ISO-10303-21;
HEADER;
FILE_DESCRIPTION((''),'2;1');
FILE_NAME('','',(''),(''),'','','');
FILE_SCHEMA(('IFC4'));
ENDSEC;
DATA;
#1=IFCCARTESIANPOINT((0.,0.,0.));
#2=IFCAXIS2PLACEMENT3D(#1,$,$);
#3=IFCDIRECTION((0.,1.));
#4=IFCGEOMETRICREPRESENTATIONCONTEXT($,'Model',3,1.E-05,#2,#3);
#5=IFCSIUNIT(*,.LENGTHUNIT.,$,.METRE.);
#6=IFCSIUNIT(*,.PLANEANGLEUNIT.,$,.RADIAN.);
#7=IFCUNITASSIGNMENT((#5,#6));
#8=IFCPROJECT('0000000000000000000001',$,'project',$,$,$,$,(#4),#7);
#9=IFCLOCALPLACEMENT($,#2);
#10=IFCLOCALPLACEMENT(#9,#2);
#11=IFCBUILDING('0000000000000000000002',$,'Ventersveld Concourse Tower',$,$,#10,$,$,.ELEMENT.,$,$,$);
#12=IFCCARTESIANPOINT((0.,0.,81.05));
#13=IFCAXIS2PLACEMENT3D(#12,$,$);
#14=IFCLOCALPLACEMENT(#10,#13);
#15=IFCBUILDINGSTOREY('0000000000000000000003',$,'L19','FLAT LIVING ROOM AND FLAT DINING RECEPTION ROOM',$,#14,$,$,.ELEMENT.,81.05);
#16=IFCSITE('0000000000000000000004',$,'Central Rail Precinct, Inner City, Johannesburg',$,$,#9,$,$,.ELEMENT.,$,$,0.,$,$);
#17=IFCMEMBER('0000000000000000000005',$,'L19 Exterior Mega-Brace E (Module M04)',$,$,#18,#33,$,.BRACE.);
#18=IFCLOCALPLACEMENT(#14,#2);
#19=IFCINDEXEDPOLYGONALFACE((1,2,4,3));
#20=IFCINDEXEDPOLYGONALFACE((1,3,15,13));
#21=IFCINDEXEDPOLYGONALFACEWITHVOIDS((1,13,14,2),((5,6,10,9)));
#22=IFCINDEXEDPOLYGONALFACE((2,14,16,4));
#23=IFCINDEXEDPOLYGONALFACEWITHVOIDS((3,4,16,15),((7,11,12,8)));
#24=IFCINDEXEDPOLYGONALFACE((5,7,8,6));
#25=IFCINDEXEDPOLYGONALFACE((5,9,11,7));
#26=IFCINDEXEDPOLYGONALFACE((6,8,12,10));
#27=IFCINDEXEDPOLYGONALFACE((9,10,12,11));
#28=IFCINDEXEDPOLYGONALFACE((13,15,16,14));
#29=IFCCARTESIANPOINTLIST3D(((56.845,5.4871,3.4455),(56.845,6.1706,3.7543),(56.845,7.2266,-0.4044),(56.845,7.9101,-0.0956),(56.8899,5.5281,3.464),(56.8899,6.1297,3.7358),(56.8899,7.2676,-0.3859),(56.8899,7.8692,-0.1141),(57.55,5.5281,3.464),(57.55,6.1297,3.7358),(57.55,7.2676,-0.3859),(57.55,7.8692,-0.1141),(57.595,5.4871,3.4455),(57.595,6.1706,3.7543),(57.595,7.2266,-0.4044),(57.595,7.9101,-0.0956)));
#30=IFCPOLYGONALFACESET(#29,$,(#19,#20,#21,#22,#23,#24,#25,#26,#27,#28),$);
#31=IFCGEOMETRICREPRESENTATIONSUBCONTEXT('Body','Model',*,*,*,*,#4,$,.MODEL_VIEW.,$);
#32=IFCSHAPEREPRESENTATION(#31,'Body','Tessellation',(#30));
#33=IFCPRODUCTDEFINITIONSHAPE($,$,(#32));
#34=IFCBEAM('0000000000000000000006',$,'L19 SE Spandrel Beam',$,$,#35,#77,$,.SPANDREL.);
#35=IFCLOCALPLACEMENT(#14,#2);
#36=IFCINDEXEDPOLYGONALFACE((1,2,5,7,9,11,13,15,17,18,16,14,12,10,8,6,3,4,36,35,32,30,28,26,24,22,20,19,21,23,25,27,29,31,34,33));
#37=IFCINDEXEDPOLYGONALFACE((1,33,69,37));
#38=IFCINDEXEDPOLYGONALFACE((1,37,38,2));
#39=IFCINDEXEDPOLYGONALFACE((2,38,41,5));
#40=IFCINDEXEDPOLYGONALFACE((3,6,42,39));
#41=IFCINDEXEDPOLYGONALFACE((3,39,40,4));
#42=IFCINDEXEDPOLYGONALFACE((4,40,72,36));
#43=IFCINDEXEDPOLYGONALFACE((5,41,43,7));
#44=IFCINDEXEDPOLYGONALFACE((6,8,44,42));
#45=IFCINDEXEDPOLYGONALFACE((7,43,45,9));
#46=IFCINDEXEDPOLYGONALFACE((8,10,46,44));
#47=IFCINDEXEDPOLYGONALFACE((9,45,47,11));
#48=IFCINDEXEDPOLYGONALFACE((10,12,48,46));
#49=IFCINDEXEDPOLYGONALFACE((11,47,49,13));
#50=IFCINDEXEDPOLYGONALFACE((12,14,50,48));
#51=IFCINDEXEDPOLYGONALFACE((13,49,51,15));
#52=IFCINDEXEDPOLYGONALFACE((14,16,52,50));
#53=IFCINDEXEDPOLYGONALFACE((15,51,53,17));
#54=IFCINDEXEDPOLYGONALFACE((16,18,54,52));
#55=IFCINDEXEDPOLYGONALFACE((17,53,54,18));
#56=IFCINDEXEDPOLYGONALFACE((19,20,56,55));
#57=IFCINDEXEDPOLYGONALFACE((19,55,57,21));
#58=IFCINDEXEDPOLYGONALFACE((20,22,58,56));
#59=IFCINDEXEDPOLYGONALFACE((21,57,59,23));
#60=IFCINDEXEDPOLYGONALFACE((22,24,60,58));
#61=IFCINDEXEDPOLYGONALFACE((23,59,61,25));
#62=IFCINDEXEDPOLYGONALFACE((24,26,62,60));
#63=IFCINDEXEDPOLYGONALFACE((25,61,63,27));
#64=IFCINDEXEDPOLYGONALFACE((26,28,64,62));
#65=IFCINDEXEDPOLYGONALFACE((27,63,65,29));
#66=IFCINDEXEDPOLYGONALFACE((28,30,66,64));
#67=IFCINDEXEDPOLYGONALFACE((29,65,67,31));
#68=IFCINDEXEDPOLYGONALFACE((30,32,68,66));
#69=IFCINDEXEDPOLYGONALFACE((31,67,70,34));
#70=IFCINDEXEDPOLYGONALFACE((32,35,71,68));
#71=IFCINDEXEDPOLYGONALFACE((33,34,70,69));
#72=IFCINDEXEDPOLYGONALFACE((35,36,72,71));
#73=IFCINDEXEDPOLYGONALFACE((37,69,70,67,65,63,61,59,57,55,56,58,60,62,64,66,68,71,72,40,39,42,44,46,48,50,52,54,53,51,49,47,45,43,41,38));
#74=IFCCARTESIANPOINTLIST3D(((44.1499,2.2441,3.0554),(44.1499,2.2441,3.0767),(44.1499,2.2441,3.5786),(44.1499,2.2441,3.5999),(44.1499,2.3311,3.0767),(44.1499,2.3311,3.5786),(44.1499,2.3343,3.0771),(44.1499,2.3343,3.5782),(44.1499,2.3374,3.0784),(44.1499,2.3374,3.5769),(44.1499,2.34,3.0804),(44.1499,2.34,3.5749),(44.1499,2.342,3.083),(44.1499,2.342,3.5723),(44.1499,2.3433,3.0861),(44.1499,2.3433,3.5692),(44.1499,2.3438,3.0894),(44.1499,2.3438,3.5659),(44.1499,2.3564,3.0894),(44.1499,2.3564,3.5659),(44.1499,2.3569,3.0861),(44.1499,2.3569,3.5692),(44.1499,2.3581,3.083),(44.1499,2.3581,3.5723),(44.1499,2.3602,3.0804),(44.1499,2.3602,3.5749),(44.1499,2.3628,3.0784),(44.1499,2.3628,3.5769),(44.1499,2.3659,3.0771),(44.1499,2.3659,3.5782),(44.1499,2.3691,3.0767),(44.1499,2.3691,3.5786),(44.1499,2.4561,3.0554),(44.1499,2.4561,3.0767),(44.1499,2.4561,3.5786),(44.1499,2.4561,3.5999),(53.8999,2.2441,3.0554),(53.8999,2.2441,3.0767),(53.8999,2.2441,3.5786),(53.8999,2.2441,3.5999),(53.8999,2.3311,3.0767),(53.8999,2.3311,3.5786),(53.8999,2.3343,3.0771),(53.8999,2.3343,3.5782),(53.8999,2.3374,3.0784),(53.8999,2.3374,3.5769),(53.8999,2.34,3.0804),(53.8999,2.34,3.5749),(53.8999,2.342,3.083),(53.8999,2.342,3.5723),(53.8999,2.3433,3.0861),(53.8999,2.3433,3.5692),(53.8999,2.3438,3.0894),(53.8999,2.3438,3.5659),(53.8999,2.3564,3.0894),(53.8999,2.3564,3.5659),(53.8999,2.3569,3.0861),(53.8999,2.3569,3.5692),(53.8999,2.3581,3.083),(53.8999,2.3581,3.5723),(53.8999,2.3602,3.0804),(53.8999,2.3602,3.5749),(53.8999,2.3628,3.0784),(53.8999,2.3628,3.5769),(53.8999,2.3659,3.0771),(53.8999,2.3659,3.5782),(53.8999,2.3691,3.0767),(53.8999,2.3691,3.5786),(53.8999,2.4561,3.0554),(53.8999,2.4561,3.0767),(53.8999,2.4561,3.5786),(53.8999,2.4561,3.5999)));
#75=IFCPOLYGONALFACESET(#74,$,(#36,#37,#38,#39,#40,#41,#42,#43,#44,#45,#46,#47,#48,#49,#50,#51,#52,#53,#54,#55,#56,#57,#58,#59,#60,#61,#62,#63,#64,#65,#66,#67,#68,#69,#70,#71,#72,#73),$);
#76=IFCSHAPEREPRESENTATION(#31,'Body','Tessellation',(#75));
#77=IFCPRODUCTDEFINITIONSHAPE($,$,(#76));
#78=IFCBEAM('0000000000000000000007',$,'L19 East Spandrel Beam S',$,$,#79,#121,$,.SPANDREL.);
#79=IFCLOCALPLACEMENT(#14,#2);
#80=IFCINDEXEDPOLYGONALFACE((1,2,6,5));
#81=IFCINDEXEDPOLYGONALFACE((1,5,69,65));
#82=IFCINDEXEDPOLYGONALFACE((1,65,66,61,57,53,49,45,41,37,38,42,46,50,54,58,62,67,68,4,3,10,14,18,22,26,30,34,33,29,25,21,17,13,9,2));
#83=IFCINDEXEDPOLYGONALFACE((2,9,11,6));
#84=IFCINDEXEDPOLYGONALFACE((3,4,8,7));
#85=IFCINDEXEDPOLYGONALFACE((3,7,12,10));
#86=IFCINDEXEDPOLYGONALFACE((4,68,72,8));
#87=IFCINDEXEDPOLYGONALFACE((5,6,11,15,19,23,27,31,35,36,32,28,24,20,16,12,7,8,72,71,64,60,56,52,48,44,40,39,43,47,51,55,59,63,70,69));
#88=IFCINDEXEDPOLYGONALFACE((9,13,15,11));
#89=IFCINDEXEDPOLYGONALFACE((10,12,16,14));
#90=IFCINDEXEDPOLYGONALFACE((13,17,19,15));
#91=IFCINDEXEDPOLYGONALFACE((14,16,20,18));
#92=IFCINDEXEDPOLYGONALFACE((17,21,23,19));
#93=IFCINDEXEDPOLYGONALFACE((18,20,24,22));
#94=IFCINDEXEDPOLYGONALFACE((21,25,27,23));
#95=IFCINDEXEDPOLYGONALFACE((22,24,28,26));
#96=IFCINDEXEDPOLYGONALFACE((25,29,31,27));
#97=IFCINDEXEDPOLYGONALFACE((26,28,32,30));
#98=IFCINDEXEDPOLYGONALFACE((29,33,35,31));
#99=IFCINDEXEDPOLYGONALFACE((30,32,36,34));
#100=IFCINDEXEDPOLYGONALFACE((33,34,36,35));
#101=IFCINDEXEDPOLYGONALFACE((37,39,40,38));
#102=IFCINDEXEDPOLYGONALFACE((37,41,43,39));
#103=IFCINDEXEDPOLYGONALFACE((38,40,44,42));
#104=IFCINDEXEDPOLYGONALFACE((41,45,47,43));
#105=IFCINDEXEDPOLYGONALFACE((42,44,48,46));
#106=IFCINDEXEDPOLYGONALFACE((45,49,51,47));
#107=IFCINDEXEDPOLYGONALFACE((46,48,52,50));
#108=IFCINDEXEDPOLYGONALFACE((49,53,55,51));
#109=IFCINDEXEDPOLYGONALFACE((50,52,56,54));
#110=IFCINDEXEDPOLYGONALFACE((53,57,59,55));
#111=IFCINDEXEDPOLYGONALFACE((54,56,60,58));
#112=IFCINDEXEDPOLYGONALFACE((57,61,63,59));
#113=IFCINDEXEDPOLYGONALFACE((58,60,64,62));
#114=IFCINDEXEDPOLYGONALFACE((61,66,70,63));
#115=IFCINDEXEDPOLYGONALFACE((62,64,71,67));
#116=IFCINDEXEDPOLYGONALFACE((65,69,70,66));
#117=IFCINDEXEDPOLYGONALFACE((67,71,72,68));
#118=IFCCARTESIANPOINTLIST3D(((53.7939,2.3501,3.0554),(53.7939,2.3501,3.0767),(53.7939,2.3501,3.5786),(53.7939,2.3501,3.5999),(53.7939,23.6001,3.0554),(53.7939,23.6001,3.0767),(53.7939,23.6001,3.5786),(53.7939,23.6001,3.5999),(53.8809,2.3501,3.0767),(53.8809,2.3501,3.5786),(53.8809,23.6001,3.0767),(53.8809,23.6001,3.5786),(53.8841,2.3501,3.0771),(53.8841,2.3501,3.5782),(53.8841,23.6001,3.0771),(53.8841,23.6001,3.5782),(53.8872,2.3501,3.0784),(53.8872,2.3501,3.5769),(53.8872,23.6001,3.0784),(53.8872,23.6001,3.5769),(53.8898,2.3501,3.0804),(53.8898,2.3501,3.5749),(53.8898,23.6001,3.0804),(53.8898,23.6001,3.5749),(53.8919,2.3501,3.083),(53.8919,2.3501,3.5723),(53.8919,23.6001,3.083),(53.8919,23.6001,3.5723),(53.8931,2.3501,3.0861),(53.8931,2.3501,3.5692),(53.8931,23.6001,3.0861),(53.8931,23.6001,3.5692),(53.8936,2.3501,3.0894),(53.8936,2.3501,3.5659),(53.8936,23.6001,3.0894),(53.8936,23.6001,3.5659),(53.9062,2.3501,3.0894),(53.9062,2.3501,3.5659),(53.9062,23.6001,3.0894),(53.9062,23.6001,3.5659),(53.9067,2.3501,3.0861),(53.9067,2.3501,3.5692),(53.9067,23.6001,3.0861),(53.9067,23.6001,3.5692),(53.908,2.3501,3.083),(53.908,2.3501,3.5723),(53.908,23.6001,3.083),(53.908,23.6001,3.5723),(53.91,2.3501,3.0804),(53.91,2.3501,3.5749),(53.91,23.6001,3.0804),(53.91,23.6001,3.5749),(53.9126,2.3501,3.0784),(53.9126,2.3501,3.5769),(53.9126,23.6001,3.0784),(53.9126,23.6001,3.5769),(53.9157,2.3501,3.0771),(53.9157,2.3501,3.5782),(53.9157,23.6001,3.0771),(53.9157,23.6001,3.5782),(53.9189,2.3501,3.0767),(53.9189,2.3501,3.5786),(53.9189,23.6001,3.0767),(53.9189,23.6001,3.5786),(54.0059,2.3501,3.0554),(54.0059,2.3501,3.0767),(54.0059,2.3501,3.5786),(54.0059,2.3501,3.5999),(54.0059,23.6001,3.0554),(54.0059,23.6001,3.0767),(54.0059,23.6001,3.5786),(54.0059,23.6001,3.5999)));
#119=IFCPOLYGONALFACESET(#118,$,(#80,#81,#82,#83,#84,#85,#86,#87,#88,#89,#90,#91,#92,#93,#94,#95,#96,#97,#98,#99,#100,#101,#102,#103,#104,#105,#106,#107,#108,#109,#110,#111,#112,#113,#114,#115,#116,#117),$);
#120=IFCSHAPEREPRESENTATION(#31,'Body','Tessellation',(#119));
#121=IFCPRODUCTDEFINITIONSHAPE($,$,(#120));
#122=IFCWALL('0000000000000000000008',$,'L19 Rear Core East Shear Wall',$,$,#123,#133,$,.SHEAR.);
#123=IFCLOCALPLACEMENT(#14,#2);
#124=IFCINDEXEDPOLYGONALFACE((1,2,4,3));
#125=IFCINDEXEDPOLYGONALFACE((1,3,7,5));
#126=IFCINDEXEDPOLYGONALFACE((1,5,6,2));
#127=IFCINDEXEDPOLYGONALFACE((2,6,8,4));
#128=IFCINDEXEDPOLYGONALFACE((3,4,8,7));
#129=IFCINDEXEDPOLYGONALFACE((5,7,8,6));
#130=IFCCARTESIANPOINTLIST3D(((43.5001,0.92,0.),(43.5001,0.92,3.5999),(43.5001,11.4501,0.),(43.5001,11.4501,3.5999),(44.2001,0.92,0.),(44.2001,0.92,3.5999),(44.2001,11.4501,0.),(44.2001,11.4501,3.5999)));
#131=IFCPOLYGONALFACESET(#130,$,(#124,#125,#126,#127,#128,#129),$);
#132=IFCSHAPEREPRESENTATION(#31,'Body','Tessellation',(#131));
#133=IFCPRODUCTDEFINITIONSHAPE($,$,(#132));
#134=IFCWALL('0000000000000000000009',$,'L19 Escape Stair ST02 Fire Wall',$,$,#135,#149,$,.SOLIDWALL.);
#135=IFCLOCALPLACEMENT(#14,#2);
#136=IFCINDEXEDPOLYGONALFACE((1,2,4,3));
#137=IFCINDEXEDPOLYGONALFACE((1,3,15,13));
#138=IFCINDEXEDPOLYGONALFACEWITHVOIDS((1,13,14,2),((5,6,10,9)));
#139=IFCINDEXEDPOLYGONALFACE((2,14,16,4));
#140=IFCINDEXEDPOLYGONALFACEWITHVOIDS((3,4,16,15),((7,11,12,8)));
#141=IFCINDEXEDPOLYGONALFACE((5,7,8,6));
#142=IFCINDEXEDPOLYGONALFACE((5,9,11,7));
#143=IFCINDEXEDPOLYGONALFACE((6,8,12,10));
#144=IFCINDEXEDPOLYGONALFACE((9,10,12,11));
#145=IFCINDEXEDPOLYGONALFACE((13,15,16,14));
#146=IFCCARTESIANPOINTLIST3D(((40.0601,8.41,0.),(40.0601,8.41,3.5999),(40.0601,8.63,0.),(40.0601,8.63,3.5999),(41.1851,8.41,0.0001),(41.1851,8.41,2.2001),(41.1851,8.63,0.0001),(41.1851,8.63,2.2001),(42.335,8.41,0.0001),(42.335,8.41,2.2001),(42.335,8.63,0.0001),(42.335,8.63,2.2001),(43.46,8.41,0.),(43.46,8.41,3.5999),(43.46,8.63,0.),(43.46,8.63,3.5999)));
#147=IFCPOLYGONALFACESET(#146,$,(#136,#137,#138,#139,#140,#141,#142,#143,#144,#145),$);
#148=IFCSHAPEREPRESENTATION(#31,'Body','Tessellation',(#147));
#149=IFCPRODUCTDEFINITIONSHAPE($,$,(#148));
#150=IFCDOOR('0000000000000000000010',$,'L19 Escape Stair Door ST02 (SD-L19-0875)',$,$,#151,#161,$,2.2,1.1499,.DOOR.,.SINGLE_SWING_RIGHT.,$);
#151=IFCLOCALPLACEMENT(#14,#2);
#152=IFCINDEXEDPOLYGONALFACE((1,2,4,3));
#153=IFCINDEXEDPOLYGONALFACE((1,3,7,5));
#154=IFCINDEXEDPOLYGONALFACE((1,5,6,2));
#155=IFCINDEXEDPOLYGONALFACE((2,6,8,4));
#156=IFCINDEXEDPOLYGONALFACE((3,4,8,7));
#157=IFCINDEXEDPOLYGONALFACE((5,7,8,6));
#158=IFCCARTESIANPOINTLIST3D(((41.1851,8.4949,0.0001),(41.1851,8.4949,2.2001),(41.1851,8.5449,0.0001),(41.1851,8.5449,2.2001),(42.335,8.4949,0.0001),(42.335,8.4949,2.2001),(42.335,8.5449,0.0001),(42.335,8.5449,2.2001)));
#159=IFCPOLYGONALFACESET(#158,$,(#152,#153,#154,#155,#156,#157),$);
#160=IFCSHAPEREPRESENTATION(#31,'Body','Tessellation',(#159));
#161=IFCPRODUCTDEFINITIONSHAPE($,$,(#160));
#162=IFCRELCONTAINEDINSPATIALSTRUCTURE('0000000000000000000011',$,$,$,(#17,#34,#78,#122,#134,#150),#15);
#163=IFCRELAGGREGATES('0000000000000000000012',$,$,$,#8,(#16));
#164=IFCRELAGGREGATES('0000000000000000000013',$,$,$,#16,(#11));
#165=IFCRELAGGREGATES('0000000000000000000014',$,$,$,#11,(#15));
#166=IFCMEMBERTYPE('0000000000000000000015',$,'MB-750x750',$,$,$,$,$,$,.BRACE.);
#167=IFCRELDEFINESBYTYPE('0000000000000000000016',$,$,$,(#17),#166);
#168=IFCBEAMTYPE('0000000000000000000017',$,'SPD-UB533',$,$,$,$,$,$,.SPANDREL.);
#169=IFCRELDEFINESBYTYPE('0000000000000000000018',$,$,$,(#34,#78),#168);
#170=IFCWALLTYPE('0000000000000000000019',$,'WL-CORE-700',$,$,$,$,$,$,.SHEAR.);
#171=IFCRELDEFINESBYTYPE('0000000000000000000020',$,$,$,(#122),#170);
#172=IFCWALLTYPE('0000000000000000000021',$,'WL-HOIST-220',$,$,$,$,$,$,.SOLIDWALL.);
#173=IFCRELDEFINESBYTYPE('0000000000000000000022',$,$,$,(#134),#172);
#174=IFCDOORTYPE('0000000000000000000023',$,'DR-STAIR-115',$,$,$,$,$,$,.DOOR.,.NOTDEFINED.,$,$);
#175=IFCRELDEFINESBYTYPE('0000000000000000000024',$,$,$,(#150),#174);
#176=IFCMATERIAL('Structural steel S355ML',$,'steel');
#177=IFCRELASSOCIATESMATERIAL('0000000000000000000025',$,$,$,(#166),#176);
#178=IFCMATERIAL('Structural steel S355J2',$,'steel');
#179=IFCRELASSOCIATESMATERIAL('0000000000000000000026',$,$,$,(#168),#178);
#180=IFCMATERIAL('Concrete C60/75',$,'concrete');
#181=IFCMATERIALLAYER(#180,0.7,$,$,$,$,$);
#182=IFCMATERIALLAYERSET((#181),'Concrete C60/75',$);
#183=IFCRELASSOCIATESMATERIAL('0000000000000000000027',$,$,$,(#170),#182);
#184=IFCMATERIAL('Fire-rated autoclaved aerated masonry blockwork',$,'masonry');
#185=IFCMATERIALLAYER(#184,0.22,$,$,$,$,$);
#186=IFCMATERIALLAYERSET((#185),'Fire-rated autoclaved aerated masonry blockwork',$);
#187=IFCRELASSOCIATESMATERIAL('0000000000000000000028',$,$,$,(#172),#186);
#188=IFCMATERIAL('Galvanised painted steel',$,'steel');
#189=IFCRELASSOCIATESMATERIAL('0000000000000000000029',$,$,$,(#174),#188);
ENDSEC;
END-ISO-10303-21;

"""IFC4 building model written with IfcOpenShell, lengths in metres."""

from ifc_helpers import new_model, si_unit, direction, frame, frame_2d, origin, origin_2d, place, context, subcontext, project, spatial, rectangle, hollow_rectangle, i_section, extrude, material, layer, layer_set, material_profile, profile_set, type_object, element, fill, save


model = new_model("IFC4")

# Units and contexts
model_context = context("Model", 3, precision=1e-05, world=origin(), true_north=direction((0.0, 1.0)))
body_context = subcontext(model_context, "Body", "Model", "MODEL_VIEW")
ifc_project = project(units=[si_unit("LENGTHUNIT", "METRE"), si_unit("PLANEANGLEUNIT", "RADIAN")], contexts=[model_context])

# Site, building, storey
site_placement = place(None, origin())
site = spatial("IfcSite", under=ifc_project, at=site_placement, Name="Central Rail Precinct, Inner City, Johannesburg", CompositionType="ELEMENT", RefElevation=0.0)
building_placement = place(site_placement, origin())
building = spatial("IfcBuilding", under=site, at=building_placement, Name="Ventersveld Concourse Tower", CompositionType="ELEMENT")
storey_placement = place(building_placement, frame((0.0, 0.0, 81.05)))
storey = spatial("IfcBuildingStorey", under=building, at=storey_placement, Name="L19", Description="FLAT LIVING ROOM AND FLAT DINING RECEPTION ROOM", CompositionType="ELEMENT", Elevation=81.05)

# Shared definitions
ifc_material_1 = material(Name="Structural steel S355J2", Category="steel")

# Member
ifc_material_2 = material(Name="Structural steel S355ML", Category="steel")
ifc_material_profile_1 = material_profile(ifc_material_2, hollow_rectangle(XDim=0.75, YDim=0.75, WallThickness=0.0449, at=origin_2d()), Name="BOX 750x750x45")
ifc_profile_set_1 = profile_set([ifc_material_profile_1], Name="Structural steel S355ML")
member_type = type_object("IfcMemberType", Name="MB-750x750", PredefinedType="BRACE", material=ifc_profile_set_1)
member_placement = place(storey_placement, frame((57.22, 7.5684, -0.25), z_axis=(0.0, -0.411755, 0.911294), x_axis=(1.0, 0.0, 0.0)))
element("IfcMember", 1, at=member_placement, inside=storey, type_object=member_type, Name="L19 Exterior Mega-Brace E (Module M04)", PredefinedType="BRACE", context=body_context, shape_type="SweptSolid", body=[
    extrude(hollow_rectangle(XDim=0.75, YDim=0.75, WallThickness=0.0449, at=origin_2d()), origin(), (0.0, 0.0, 1.0), 4.2246),
])

# Beams
ifc_material_profile_2 = material_profile(ifc_material_1, i_section(OverallWidth=0.2119, OverallDepth=0.5444, WebThickness=0.0127, FlangeThickness=0.0212, FilletRadius=0.0127, at=origin_2d()), Name="UB 533x210x122")
ifc_profile_set_2 = profile_set([ifc_material_profile_2], Name="Structural steel S355J2")
beam_type_1 = type_object("IfcBeamType", Name="SPD-UB533", PredefinedType="SPANDREL", material=ifc_profile_set_2)
beam_1_placement = place(storey_placement, frame((44.1499, 2.3501, 3.3276), z_axis=(1.0, 0.0, 0.0), x_axis=(0.0, 1.0, 0.0)))
element("IfcBeam", 2, at=beam_1_placement, inside=storey, type_object=beam_type_1, Name="L19 SE Spandrel Beam", PredefinedType="SPANDREL", context=body_context, shape_type="SweptSolid", body=[
    extrude(i_section(OverallWidth=0.2119, OverallDepth=0.5444, WebThickness=0.0127, FlangeThickness=0.0212, FilletRadius=0.0127, at=origin_2d()), origin(), (0.0, 0.0, 1.0), 9.75),
])
beam_2_placement = place(storey_placement, frame((53.8999, 2.3501, 3.3276), z_axis=(0.0, 1.0, 0.0), x_axis=(-1.0, 0.0, 0.0)))
element("IfcBeam", 3, at=beam_2_placement, inside=storey, type_object=beam_type_1, Name="L19 East Spandrel Beam S", PredefinedType="SPANDREL", context=body_context, shape_type="SweptSolid", body=[
    extrude(i_section(OverallWidth=0.2119, OverallDepth=0.5444, WebThickness=0.0127, FlangeThickness=0.0212, FilletRadius=0.0127, at=origin_2d()), origin(), (0.0, 0.0, 1.0), 21.25),
])

# Wall
ifc_material_3 = material(Name="Concrete C60/75", Category="concrete")
ifc_layer_1 = layer(ifc_material_3, 0.7)
ifc_layer_set_1 = layer_set([ifc_layer_1], Name="Concrete C60/75")
wall_type_1 = type_object("IfcWallType", Name="WL-CORE-700", PredefinedType="SHEAR", material=ifc_layer_set_1)
wall_1_placement = place(storey_placement, frame((43.8501, 0.9199, 0.0), z_axis=(0.0, 0.0, 1.0), x_axis=(0.0, 1.0, 0.0)))
element("IfcWall", 4, at=wall_1_placement, inside=storey, type_object=wall_type_1, Name="L19 Rear Core East Shear Wall", PredefinedType="SHEAR", context=body_context, shape_type="SweptSolid", body=[
    extrude(rectangle(XDim=10.53, YDim=0.7, at=frame_2d((5.2651, 0.0))), origin(), (0.0, 0.0, 1.0), 3.5999),
])

# Wall, opening, door
ifc_material_4 = material(Name="Fire-rated autoclaved aerated masonry blockwork", Category="masonry")
ifc_layer_2 = layer(ifc_material_4, 0.22)
ifc_layer_set_2 = layer_set([ifc_layer_2], Name="Fire-rated autoclaved aerated masonry blockwork")
wall_type_2 = type_object("IfcWallType", Name="WL-HOIST-220", PredefinedType="SOLIDWALL", material=ifc_layer_set_2)
wall_2_placement = place(storey_placement, frame((40.0601, 8.52, 0.0), z_axis=(0.0, 0.0, 1.0), x_axis=(1.0, 0.0, 0.0)))
wall_2 = element("IfcWall", 5, at=wall_2_placement, inside=storey, type_object=wall_type_2, Name="L19 Escape Stair ST02 Fire Wall", PredefinedType="SOLIDWALL", context=body_context, shape_type="SweptSolid", body=[
    extrude(rectangle(XDim=3.3999, YDim=0.22, at=frame_2d((1.7, 0.0))), origin(), (0.0, 0.0, 1.0), 3.5999),
])
opening_1_placement = place(wall_2_placement, frame((1.125, 0.0, 0.0)))
opening_1 = element("IfcOpeningElement", 6, at=opening_1_placement, cuts=wall_2, PredefinedType="OPENING", context=body_context, shape_type="SweptSolid", body=[
    extrude(rectangle(XDim=1.1499, YDim=2.2, at=frame_2d((0.575, 1.1001))), frame((0.0, 0.1201, 0.0), z_axis=(0.0, -1.0, 0.0), x_axis=(1.0, 0.0, 0.0)), (0.0, 0.0, 1.0), 0.24),
])
ifc_material_5 = material(Name="Galvanised painted steel", Category="steel")
door_type = type_object("IfcDoorType", Name="DR-STAIR-115", OperationType="NOTDEFINED", PredefinedType="DOOR", material=ifc_material_5)
door_placement = place(opening_1_placement, origin())
door = element("IfcDoor", 7, at=door_placement, inside=storey, type_object=door_type, Name="L19 Escape Stair Door ST02 (SD-L19-0875)", OperationType="SINGLE_SWING_RIGHT", OverallHeight=2.2, OverallWidth=1.1499, PredefinedType="DOOR", context=body_context, shape_type="SweptSolid", body=[
    extrude(rectangle(XDim=1.1499, YDim=2.2, at=frame_2d((0.575, 1.1001))), frame((0.0, 0.0249, 0.0), z_axis=(0.0, -1.0, 0.0), x_axis=(1.0, 0.0, 0.0)), (0.0, 0.0, 1.0), 0.05),
])
fill(opening_1, door)

save(model, "model.ifc")
